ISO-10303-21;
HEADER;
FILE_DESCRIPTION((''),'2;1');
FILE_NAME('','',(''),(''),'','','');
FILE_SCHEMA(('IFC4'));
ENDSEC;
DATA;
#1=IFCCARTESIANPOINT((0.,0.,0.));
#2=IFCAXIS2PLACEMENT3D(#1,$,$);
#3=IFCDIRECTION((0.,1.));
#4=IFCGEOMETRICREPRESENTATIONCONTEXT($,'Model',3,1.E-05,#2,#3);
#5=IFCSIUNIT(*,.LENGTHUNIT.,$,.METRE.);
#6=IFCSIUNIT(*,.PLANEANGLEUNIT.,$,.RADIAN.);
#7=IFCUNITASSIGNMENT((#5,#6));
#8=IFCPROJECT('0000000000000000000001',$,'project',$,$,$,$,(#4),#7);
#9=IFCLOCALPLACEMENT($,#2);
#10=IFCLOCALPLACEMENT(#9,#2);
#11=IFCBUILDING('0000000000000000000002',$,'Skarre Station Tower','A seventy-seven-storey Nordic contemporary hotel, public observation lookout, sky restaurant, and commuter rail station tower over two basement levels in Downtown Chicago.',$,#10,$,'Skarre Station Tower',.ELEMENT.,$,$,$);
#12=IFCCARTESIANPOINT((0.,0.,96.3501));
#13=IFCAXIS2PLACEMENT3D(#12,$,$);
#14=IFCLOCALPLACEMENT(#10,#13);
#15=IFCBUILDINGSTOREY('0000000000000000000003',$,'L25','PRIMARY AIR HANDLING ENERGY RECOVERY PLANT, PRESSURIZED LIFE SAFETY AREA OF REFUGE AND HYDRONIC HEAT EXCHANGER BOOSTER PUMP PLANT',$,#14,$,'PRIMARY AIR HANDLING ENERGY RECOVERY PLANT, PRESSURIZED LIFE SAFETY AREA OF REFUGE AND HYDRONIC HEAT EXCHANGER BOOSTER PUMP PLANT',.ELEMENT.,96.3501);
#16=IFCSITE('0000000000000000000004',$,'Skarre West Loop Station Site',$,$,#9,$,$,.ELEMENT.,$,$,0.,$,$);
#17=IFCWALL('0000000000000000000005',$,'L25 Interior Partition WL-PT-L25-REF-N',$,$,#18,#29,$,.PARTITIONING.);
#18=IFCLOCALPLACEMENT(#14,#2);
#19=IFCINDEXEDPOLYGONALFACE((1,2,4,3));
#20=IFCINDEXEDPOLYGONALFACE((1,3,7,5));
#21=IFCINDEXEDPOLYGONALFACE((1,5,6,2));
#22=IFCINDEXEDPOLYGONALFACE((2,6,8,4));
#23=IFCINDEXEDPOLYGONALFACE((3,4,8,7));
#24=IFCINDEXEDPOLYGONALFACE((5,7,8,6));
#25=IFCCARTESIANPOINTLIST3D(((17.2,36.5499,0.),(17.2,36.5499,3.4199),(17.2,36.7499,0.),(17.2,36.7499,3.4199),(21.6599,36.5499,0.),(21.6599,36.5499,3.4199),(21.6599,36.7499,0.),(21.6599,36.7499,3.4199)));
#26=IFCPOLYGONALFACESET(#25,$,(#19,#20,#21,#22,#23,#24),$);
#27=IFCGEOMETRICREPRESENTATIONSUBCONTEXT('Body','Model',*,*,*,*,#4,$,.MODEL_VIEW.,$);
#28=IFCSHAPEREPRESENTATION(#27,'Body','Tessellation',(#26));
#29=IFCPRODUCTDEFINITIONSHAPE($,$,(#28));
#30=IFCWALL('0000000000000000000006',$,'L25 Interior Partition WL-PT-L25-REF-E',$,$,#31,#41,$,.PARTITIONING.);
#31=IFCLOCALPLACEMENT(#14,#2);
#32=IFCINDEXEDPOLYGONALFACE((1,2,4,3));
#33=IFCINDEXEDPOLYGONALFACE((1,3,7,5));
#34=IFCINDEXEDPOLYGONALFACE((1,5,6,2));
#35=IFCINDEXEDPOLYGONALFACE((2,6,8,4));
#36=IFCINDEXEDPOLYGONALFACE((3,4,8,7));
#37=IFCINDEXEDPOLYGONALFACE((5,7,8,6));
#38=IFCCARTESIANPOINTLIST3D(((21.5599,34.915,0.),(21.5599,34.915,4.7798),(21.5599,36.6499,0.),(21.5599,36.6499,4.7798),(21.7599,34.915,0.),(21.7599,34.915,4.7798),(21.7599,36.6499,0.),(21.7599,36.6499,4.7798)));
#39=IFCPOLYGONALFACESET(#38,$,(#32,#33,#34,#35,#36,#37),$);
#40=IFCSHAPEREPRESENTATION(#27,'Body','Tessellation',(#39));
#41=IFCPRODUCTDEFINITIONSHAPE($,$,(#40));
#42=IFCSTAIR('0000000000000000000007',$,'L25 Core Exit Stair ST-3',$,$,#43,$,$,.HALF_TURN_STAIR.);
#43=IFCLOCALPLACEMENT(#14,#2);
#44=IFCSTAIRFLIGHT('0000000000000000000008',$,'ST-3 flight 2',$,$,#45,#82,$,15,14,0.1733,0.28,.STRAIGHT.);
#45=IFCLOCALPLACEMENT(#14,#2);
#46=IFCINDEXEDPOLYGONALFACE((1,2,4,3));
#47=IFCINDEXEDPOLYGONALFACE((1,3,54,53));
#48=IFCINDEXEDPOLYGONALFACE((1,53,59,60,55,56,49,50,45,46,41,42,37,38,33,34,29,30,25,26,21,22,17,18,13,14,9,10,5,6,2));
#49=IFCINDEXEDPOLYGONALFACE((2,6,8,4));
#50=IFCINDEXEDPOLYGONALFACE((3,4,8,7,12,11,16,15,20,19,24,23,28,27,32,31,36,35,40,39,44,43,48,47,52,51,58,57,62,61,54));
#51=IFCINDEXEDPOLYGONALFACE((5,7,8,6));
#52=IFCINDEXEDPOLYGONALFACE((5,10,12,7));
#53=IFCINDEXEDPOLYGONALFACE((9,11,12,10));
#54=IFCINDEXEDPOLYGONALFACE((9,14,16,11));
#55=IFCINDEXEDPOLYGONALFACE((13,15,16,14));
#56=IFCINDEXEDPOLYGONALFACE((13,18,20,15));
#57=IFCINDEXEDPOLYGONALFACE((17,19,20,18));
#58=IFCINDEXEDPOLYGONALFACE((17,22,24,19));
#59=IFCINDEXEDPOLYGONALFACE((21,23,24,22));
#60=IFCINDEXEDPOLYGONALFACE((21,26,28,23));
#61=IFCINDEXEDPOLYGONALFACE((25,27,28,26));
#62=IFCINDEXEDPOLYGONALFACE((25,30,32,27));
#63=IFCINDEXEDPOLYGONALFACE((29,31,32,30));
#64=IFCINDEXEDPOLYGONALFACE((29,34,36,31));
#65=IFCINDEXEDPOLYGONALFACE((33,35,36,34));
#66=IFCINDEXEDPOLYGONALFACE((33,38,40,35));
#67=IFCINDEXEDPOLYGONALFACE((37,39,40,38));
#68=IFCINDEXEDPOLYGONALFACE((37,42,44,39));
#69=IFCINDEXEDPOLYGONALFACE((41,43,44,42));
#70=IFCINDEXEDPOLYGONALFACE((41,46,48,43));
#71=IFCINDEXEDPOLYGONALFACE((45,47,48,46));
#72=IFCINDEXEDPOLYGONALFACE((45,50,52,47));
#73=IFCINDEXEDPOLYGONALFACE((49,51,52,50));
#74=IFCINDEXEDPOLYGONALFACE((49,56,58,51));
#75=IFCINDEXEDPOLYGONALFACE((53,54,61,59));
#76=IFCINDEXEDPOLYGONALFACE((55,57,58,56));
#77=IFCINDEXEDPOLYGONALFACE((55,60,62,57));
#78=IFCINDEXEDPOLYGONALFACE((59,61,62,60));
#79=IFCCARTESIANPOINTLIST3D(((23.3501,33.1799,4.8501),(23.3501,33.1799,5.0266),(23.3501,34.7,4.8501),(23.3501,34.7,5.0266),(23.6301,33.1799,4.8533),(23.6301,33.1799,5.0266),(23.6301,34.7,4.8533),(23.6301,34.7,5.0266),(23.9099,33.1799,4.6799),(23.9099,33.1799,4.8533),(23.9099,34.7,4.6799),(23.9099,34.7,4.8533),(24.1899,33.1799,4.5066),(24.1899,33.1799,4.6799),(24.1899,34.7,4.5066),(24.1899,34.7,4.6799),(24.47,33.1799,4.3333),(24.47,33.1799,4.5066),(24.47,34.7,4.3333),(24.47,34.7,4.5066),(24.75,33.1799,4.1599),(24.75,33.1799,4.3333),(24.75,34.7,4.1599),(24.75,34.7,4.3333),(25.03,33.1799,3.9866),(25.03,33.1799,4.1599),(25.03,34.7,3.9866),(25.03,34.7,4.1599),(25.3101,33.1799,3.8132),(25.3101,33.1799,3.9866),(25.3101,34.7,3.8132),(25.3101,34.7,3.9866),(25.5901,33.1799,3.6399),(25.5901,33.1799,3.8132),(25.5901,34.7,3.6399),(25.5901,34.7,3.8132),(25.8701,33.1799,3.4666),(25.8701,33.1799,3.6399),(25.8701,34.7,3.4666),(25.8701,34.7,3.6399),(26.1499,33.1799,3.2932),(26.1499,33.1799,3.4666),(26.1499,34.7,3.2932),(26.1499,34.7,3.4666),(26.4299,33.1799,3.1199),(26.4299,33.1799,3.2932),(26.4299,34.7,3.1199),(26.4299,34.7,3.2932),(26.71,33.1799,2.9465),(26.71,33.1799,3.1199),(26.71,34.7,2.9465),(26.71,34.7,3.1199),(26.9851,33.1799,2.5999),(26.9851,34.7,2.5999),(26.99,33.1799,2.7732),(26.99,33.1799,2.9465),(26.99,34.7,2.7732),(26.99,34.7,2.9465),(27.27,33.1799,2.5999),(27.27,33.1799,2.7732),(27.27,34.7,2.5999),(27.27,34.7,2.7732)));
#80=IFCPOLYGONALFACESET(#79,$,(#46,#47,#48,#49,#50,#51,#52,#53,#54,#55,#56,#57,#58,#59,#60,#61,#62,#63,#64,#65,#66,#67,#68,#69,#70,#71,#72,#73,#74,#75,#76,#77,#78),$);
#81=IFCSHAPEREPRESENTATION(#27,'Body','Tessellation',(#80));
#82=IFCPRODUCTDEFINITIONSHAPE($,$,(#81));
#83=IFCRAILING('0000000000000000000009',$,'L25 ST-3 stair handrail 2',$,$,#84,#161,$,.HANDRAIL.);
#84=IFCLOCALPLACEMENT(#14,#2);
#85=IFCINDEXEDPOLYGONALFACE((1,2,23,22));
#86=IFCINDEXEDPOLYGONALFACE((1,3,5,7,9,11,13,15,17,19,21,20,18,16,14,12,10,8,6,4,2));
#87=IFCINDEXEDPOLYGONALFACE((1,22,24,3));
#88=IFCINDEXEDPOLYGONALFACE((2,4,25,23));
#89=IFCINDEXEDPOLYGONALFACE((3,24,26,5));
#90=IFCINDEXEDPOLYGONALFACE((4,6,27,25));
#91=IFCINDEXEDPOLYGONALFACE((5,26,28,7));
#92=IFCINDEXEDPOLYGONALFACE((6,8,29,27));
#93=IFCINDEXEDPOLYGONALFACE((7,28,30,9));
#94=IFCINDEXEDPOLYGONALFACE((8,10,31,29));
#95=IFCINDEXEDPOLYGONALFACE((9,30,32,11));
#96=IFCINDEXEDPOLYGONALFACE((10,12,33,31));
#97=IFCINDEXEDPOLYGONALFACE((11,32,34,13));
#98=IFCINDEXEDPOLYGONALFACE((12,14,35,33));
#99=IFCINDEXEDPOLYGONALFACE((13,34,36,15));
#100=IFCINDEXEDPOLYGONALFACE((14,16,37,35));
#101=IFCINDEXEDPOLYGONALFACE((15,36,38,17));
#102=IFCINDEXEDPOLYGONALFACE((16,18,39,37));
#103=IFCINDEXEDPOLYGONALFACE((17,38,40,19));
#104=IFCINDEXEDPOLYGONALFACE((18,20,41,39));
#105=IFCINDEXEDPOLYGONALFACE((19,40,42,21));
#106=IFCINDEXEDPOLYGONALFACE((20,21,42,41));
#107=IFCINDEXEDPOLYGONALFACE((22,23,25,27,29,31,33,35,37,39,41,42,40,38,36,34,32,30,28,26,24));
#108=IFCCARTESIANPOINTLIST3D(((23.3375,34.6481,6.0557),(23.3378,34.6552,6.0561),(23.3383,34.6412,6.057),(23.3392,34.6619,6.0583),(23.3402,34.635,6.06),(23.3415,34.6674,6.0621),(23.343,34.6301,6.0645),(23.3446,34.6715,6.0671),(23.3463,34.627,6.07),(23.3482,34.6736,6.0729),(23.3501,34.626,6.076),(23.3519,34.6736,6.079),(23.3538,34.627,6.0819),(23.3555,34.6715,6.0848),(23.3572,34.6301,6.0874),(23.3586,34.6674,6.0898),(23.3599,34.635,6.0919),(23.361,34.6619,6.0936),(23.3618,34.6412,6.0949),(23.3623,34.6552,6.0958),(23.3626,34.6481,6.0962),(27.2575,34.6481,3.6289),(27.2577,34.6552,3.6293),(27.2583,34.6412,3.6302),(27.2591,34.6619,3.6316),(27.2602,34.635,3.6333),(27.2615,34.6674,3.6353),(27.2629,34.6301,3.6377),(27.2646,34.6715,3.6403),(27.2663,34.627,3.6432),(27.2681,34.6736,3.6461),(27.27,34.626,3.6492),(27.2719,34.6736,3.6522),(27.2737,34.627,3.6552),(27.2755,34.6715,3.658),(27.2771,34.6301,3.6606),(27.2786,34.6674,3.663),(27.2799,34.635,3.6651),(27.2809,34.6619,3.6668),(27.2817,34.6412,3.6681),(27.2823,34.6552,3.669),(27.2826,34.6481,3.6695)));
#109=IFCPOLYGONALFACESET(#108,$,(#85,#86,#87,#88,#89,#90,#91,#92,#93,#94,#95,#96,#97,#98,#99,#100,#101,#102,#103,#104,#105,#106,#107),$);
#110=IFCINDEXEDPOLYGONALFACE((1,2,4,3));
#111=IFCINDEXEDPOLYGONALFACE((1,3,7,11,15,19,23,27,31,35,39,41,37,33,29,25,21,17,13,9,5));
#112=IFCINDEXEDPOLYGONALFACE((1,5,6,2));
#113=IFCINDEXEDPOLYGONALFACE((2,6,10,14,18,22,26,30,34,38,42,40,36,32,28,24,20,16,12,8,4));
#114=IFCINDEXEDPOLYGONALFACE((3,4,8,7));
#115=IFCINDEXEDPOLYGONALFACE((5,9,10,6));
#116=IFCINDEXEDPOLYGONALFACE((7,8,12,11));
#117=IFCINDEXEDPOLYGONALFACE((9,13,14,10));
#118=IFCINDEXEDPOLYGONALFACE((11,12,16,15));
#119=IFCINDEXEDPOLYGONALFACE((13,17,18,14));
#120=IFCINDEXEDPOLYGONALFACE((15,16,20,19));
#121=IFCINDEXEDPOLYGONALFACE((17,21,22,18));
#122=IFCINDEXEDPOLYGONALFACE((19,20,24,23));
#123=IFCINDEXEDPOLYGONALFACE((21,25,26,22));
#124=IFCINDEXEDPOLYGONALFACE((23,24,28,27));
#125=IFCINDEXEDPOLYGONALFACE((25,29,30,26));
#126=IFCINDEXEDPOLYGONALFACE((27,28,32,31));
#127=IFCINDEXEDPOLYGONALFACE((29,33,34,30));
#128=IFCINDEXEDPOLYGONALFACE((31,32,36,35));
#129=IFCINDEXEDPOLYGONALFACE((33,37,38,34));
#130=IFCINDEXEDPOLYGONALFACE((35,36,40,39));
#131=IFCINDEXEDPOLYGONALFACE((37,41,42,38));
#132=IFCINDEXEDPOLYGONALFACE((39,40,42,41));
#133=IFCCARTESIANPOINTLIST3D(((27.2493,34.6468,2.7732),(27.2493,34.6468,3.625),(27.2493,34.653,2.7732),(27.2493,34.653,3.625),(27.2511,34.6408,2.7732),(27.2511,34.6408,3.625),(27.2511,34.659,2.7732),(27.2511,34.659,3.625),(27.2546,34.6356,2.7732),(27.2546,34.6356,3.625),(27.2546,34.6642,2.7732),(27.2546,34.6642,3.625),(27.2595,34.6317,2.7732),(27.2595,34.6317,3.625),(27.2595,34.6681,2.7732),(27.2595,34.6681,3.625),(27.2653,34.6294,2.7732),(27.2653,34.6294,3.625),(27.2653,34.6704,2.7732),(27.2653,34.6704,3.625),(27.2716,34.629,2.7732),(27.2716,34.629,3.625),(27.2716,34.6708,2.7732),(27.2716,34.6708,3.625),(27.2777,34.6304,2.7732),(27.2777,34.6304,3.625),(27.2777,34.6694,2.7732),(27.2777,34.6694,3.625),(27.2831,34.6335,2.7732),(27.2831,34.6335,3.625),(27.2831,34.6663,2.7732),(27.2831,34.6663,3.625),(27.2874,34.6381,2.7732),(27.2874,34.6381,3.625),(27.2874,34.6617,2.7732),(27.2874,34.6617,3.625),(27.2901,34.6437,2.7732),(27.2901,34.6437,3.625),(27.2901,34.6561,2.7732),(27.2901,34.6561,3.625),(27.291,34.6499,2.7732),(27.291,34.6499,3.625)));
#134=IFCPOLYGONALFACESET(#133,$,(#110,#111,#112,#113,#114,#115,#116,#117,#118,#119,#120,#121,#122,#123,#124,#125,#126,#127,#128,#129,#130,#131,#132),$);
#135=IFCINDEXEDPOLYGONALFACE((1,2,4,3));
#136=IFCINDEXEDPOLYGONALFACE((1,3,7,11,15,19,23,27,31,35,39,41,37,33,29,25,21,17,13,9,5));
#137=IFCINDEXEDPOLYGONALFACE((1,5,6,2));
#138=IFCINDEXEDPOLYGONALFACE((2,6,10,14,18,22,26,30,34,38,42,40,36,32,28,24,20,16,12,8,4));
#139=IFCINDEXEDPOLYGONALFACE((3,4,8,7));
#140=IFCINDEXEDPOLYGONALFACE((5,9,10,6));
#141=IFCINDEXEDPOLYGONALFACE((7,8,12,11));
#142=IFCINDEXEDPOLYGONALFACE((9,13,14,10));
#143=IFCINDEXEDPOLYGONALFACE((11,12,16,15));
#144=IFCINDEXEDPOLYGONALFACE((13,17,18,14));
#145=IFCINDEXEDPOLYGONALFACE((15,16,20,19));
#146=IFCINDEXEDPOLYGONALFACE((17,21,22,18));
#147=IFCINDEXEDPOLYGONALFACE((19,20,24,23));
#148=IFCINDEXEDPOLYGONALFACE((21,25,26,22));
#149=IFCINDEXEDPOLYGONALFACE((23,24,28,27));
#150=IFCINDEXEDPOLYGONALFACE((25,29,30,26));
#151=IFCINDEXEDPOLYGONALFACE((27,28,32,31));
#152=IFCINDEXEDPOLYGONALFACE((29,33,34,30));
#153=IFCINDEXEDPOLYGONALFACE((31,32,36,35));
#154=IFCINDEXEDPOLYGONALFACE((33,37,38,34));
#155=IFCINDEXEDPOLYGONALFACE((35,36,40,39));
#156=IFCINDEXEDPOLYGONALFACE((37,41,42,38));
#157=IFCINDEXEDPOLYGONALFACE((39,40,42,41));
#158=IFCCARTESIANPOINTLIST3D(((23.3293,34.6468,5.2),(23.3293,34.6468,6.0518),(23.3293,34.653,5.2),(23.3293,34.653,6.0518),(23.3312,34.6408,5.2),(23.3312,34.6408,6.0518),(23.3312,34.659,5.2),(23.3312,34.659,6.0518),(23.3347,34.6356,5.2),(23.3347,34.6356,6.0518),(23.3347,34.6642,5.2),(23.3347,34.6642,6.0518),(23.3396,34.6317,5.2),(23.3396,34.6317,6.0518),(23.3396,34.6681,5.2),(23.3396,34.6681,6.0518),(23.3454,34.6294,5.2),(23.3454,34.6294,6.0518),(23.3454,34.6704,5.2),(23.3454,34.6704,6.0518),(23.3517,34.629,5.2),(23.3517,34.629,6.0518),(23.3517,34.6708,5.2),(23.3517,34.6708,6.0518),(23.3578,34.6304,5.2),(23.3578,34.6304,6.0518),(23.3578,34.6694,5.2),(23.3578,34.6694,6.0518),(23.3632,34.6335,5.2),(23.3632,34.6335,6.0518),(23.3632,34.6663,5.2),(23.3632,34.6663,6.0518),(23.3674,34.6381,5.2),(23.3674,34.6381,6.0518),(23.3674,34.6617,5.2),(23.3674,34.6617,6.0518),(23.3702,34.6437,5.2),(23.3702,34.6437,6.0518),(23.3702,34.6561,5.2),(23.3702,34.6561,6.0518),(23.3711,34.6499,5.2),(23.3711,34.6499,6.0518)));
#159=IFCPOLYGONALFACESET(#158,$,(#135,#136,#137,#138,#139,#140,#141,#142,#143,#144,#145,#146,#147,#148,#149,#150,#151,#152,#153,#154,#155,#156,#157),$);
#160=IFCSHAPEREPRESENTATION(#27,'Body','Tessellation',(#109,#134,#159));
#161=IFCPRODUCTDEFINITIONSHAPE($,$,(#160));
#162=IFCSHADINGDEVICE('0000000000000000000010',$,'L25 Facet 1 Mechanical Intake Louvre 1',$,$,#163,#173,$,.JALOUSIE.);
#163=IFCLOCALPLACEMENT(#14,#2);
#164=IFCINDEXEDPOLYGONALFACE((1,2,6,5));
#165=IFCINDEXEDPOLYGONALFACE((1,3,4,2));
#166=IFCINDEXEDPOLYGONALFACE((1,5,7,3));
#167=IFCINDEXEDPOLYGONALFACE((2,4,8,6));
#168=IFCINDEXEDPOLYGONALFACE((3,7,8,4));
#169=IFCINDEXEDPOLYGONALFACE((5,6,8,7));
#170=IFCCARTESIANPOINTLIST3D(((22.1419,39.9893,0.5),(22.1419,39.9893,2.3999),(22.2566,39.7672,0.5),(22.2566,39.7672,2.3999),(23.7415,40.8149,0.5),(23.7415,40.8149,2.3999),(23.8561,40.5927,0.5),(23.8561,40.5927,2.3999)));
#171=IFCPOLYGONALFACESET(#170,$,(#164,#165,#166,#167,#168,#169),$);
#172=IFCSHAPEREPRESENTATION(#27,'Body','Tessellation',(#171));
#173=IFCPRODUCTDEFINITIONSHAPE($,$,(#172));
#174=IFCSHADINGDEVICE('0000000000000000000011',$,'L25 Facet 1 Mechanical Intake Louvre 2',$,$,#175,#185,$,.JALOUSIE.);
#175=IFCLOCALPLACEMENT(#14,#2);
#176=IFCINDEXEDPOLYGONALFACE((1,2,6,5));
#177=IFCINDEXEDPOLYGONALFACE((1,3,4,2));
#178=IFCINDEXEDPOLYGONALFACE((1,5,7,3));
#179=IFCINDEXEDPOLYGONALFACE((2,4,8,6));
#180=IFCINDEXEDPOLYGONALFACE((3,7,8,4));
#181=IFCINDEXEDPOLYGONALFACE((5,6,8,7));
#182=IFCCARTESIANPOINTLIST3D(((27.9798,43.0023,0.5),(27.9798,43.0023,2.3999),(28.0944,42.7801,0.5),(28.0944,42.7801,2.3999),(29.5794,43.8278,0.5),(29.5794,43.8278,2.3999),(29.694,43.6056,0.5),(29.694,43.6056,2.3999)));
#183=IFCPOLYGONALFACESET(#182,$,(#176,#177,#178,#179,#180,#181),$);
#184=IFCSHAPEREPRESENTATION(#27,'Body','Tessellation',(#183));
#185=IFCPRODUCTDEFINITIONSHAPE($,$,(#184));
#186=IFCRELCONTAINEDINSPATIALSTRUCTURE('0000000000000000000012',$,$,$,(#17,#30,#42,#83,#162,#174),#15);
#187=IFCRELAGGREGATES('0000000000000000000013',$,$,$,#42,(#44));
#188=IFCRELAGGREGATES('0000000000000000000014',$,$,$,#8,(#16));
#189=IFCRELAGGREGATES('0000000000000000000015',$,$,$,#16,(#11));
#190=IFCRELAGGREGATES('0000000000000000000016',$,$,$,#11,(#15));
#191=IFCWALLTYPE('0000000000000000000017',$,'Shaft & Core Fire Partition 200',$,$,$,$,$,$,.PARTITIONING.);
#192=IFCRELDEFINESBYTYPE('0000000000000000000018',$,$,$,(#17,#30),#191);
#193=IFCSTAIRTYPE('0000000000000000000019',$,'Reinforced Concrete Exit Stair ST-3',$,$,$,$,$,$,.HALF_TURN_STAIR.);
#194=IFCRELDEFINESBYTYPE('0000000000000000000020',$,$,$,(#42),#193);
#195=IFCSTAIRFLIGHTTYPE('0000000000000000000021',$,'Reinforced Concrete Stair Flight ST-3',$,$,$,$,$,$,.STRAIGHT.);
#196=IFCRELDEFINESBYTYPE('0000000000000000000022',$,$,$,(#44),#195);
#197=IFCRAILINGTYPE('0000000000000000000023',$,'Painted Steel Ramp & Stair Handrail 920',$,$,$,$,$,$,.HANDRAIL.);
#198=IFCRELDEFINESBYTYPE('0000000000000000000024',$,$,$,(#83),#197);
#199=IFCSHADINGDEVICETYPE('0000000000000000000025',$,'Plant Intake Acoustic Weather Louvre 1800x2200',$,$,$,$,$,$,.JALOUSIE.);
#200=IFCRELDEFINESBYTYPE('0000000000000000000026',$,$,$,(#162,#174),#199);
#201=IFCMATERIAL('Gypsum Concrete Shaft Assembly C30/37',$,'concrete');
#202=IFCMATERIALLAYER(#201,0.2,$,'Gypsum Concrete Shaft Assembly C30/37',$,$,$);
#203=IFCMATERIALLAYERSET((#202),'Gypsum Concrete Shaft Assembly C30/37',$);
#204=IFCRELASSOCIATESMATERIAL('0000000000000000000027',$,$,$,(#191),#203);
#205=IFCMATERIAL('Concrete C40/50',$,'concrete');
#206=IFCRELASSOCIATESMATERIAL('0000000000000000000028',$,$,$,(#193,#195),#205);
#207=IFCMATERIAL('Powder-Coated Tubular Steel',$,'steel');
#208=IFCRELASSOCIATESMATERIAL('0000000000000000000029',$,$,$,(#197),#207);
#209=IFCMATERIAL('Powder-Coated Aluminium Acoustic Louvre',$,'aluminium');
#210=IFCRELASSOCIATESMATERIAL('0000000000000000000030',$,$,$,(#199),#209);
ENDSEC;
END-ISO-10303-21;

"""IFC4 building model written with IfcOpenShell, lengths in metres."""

from ifc_helpers import new_model, si_unit, direction, frame, frame_2d, origin, origin_2d, place, context, subcontext, project, spatial, polyline, rectangle, circle, outline, extrude, material, layer, layer_set, type_object, element, aggregate, save


model = new_model("IFC4")

# Units and contexts
model_context = context("Model", 3, precision=1e-05, world=origin(), true_north=direction((0.0, 1.0)))
body_context = subcontext(model_context, "Body", "Model", "MODEL_VIEW")
ifc_project = project(units=[si_unit("LENGTHUNIT", "METRE"), si_unit("PLANEANGLEUNIT", "RADIAN")], contexts=[model_context])

# Site, building, storey
site_placement = place(None, origin())
site = spatial("IfcSite", under=ifc_project, at=site_placement, Name="Skarre West Loop Station Site", CompositionType="ELEMENT", RefElevation=0.0)
building_placement = place(site_placement, origin())
building = spatial("IfcBuilding", under=site, at=building_placement, Name="Skarre Station Tower", Description="A seventy-seven-storey Nordic contemporary hotel, public observation lookout, sky restaurant, and commuter rail station tower over two basement levels in Downtown Chicago.", LongName="Skarre Station Tower", CompositionType="ELEMENT")
storey_placement = place(building_placement, frame((0.0, 0.0, 96.3501)))
storey = spatial("IfcBuildingStorey", under=building, at=storey_placement, Name="L25", Description="PRIMARY AIR HANDLING ENERGY RECOVERY PLANT, PRESSURIZED LIFE SAFETY AREA OF REFUGE AND HYDRONIC HEAT EXCHANGER BOOSTER PUMP PLANT", LongName="PRIMARY AIR HANDLING ENERGY RECOVERY PLANT, PRESSURIZED LIFE SAFETY AREA OF REFUGE AND HYDRONIC HEAT EXCHANGER BOOSTER PUMP PLANT", CompositionType="ELEMENT", Elevation=96.3501)

# Walls
ifc_material_1 = material(Name="Gypsum Concrete Shaft Assembly C30/37", Category="concrete")
ifc_layer_1 = layer(ifc_material_1, 0.2, Name="Gypsum Concrete Shaft Assembly C30/37")
ifc_layer_set_1 = layer_set([ifc_layer_1], Name="Gypsum Concrete Shaft Assembly C30/37")
wall_type_1 = type_object("IfcWallType", Name="Shaft & Core Fire Partition 200", PredefinedType="PARTITIONING", material=ifc_layer_set_1)
wall_1_placement = place(storey_placement, frame((21.6599, 36.6499, 0.0), z_axis=(0.0, 0.0, 1.0), x_axis=(-1.0, 0.0, 0.0)))
element("IfcWall", 1, at=wall_1_placement, inside=storey, type_object=wall_type_1, Name="L25 Interior Partition WL-PT-L25-REF-N", PredefinedType="PARTITIONING", context=body_context, shape_type="SweptSolid", body=[
    extrude(rectangle(XDim=4.46, YDim=0.2, at=frame_2d((2.23, 0.0))), origin(), (0.0, 0.0, 1.0), 3.4199),
])
wall_2_placement = place(storey_placement, frame((21.6599, 34.915, 0.0), z_axis=(0.0, 0.0, 1.0), x_axis=(0.0, 1.0, 0.0)))
element("IfcWall", 2, at=wall_2_placement, inside=storey, type_object=wall_type_1, Name="L25 Interior Partition WL-PT-L25-REF-E", PredefinedType="PARTITIONING", context=body_context, shape_type="SweptSolid", body=[
    extrude(rectangle(XDim=1.7349, YDim=0.2, at=frame_2d((0.8674, 0.0))), origin(), (0.0, 0.0, 1.0), 4.7798),
])

# Stair, stair flight
ifc_material_2 = material(Name="Concrete C40/50", Category="concrete")
stair_type = type_object("IfcStairType", Name="Reinforced Concrete Exit Stair ST-3", PredefinedType="HALF_TURN_STAIR", material=ifc_material_2)
stair_placement = place(storey_placement, origin())
stair = element("IfcStair", 3, at=stair_placement, inside=storey, type_object=stair_type, Name="L25 Core Exit Stair ST-3", PredefinedType="HALF_TURN_STAIR")
stair_flight_type = type_object("IfcStairFlightType", Name="Reinforced Concrete Stair Flight ST-3", PredefinedType="STRAIGHT", material=ifc_material_2)
stair_flight_placement = place(storey_placement, frame((27.27, 33.9399, 2.5999), z_axis=(0.0, 0.0, 1.0), x_axis=(-1.0, 0.0, 0.0)))
stair_flight = element("IfcStairFlight", 4, at=stair_flight_placement, type_object=stair_flight_type, Name="ST-3 flight 2", NumberOfRisers=15, NumberOfTreads=14, PredefinedType="STRAIGHT", RiserHeight=0.1733, TreadLength=0.28, context=body_context, shape_type="SweptSolid", body=[
    extrude(outline(polyline([(0.0, 0.0), (0.0, 0.1733), (0.28, 0.1733), (0.28, 0.3467), (0.5601, 0.3467), (0.5601, 0.52), (0.8401, 0.52), (0.8401, 0.6934), (1.1201, 0.6934), (1.1201, 0.8667), (1.3999, 0.8667), (1.3999, 1.04), (1.6799, 1.04), (1.6799, 1.2134), (1.96, 1.2134), (1.96, 1.3867), (2.24, 1.3867), (2.24, 1.5601), (2.52, 1.5601), (2.52, 1.7334), (2.8, 1.7334), (2.8, 1.9067), (3.0801, 1.9067), (3.0801, 2.0801), (3.3601, 2.0801), (3.3601, 2.2534), (3.6399, 2.2534), (3.6399, 2.4268), (3.9199, 2.4268), (3.9199, 2.6001), (3.9199, 2.2502), (0.2849, 0.0), (0.0, 0.0)])), frame((0.0, 0.76, 0.0), z_axis=(0.0, -1.0, 0.0), x_axis=(1.0, 0.0, 0.0)), (0.0, 0.0, 1.0), 1.52),
])
aggregate(stair, [stair_flight])

# Railing
ifc_material_3 = material(Name="Powder-Coated Tubular Steel", Category="steel")
railing_type_1 = type_object("IfcRailingType", Name="Painted Steel Ramp & Stair Handrail 920", PredefinedType="HANDRAIL", material=ifc_material_3)
railing_1_placement = place(storey_placement, frame((27.27, 34.6499, 2.7732)))
element("IfcRailing", 5, at=railing_1_placement, inside=storey, type_object=railing_type_1, Name="L25 ST-3 stair handrail 2", PredefinedType="HANDRAIL", context=body_context, shape_type="SweptSolid", body=[
    extrude(circle(Radius=0.0239, at=origin_2d()), frame((0.0, 0.0, 0.876), z_axis=(-0.850252, 0.0, 0.526376), x_axis=(0.0, -1.0, 0.0)), (0.0, 0.0, 1.0), 4.6104),
    extrude(circle(Radius=0.021, at=origin_2d()), origin(), (0.0, 0.0, 1.0), 0.8518),
    extrude(circle(Radius=0.021, at=origin_2d()), frame((-3.9199, 0.0, 2.4268)), (0.0, 0.0, 1.0), 0.8518),
])

# Shading devices
ifc_material_4 = material(Name="Powder-Coated Aluminium Acoustic Louvre", Category="aluminium")
shading_device_type = type_object("IfcShadingDeviceType", Name="Plant Intake Acoustic Weather Louvre 1800x2200", PredefinedType="JALOUSIE", material=ifc_material_4)
for number, where, z_axis, x_axis, name in (
    (6, (22.999, 40.291, 0.5), (0.0, 0.0, 1.0), (-0.458619, 0.888633, 0.0), "L25 Facet 1 Mechanical Intake Louvre 1"),
    (7, (28.8369, 43.304, 0.5), (0.0, 0.0, 1.0), (-0.458619, 0.888633, 0.0), "L25 Facet 1 Mechanical Intake Louvre 2"),
):
    element("IfcShadingDevice", number, at=place(storey_placement, frame(where, z_axis=z_axis, x_axis=x_axis)), inside=storey, type_object=shading_device_type, Name=name, PredefinedType="JALOUSIE", context=body_context, shape_type="SweptSolid", body=[
        extrude(rectangle(XDim=0.25, YDim=1.8, at=origin_2d()), origin(), (0.0, 0.0, 1.0), 1.8999),
    ])

save(model, "model.ifc")
